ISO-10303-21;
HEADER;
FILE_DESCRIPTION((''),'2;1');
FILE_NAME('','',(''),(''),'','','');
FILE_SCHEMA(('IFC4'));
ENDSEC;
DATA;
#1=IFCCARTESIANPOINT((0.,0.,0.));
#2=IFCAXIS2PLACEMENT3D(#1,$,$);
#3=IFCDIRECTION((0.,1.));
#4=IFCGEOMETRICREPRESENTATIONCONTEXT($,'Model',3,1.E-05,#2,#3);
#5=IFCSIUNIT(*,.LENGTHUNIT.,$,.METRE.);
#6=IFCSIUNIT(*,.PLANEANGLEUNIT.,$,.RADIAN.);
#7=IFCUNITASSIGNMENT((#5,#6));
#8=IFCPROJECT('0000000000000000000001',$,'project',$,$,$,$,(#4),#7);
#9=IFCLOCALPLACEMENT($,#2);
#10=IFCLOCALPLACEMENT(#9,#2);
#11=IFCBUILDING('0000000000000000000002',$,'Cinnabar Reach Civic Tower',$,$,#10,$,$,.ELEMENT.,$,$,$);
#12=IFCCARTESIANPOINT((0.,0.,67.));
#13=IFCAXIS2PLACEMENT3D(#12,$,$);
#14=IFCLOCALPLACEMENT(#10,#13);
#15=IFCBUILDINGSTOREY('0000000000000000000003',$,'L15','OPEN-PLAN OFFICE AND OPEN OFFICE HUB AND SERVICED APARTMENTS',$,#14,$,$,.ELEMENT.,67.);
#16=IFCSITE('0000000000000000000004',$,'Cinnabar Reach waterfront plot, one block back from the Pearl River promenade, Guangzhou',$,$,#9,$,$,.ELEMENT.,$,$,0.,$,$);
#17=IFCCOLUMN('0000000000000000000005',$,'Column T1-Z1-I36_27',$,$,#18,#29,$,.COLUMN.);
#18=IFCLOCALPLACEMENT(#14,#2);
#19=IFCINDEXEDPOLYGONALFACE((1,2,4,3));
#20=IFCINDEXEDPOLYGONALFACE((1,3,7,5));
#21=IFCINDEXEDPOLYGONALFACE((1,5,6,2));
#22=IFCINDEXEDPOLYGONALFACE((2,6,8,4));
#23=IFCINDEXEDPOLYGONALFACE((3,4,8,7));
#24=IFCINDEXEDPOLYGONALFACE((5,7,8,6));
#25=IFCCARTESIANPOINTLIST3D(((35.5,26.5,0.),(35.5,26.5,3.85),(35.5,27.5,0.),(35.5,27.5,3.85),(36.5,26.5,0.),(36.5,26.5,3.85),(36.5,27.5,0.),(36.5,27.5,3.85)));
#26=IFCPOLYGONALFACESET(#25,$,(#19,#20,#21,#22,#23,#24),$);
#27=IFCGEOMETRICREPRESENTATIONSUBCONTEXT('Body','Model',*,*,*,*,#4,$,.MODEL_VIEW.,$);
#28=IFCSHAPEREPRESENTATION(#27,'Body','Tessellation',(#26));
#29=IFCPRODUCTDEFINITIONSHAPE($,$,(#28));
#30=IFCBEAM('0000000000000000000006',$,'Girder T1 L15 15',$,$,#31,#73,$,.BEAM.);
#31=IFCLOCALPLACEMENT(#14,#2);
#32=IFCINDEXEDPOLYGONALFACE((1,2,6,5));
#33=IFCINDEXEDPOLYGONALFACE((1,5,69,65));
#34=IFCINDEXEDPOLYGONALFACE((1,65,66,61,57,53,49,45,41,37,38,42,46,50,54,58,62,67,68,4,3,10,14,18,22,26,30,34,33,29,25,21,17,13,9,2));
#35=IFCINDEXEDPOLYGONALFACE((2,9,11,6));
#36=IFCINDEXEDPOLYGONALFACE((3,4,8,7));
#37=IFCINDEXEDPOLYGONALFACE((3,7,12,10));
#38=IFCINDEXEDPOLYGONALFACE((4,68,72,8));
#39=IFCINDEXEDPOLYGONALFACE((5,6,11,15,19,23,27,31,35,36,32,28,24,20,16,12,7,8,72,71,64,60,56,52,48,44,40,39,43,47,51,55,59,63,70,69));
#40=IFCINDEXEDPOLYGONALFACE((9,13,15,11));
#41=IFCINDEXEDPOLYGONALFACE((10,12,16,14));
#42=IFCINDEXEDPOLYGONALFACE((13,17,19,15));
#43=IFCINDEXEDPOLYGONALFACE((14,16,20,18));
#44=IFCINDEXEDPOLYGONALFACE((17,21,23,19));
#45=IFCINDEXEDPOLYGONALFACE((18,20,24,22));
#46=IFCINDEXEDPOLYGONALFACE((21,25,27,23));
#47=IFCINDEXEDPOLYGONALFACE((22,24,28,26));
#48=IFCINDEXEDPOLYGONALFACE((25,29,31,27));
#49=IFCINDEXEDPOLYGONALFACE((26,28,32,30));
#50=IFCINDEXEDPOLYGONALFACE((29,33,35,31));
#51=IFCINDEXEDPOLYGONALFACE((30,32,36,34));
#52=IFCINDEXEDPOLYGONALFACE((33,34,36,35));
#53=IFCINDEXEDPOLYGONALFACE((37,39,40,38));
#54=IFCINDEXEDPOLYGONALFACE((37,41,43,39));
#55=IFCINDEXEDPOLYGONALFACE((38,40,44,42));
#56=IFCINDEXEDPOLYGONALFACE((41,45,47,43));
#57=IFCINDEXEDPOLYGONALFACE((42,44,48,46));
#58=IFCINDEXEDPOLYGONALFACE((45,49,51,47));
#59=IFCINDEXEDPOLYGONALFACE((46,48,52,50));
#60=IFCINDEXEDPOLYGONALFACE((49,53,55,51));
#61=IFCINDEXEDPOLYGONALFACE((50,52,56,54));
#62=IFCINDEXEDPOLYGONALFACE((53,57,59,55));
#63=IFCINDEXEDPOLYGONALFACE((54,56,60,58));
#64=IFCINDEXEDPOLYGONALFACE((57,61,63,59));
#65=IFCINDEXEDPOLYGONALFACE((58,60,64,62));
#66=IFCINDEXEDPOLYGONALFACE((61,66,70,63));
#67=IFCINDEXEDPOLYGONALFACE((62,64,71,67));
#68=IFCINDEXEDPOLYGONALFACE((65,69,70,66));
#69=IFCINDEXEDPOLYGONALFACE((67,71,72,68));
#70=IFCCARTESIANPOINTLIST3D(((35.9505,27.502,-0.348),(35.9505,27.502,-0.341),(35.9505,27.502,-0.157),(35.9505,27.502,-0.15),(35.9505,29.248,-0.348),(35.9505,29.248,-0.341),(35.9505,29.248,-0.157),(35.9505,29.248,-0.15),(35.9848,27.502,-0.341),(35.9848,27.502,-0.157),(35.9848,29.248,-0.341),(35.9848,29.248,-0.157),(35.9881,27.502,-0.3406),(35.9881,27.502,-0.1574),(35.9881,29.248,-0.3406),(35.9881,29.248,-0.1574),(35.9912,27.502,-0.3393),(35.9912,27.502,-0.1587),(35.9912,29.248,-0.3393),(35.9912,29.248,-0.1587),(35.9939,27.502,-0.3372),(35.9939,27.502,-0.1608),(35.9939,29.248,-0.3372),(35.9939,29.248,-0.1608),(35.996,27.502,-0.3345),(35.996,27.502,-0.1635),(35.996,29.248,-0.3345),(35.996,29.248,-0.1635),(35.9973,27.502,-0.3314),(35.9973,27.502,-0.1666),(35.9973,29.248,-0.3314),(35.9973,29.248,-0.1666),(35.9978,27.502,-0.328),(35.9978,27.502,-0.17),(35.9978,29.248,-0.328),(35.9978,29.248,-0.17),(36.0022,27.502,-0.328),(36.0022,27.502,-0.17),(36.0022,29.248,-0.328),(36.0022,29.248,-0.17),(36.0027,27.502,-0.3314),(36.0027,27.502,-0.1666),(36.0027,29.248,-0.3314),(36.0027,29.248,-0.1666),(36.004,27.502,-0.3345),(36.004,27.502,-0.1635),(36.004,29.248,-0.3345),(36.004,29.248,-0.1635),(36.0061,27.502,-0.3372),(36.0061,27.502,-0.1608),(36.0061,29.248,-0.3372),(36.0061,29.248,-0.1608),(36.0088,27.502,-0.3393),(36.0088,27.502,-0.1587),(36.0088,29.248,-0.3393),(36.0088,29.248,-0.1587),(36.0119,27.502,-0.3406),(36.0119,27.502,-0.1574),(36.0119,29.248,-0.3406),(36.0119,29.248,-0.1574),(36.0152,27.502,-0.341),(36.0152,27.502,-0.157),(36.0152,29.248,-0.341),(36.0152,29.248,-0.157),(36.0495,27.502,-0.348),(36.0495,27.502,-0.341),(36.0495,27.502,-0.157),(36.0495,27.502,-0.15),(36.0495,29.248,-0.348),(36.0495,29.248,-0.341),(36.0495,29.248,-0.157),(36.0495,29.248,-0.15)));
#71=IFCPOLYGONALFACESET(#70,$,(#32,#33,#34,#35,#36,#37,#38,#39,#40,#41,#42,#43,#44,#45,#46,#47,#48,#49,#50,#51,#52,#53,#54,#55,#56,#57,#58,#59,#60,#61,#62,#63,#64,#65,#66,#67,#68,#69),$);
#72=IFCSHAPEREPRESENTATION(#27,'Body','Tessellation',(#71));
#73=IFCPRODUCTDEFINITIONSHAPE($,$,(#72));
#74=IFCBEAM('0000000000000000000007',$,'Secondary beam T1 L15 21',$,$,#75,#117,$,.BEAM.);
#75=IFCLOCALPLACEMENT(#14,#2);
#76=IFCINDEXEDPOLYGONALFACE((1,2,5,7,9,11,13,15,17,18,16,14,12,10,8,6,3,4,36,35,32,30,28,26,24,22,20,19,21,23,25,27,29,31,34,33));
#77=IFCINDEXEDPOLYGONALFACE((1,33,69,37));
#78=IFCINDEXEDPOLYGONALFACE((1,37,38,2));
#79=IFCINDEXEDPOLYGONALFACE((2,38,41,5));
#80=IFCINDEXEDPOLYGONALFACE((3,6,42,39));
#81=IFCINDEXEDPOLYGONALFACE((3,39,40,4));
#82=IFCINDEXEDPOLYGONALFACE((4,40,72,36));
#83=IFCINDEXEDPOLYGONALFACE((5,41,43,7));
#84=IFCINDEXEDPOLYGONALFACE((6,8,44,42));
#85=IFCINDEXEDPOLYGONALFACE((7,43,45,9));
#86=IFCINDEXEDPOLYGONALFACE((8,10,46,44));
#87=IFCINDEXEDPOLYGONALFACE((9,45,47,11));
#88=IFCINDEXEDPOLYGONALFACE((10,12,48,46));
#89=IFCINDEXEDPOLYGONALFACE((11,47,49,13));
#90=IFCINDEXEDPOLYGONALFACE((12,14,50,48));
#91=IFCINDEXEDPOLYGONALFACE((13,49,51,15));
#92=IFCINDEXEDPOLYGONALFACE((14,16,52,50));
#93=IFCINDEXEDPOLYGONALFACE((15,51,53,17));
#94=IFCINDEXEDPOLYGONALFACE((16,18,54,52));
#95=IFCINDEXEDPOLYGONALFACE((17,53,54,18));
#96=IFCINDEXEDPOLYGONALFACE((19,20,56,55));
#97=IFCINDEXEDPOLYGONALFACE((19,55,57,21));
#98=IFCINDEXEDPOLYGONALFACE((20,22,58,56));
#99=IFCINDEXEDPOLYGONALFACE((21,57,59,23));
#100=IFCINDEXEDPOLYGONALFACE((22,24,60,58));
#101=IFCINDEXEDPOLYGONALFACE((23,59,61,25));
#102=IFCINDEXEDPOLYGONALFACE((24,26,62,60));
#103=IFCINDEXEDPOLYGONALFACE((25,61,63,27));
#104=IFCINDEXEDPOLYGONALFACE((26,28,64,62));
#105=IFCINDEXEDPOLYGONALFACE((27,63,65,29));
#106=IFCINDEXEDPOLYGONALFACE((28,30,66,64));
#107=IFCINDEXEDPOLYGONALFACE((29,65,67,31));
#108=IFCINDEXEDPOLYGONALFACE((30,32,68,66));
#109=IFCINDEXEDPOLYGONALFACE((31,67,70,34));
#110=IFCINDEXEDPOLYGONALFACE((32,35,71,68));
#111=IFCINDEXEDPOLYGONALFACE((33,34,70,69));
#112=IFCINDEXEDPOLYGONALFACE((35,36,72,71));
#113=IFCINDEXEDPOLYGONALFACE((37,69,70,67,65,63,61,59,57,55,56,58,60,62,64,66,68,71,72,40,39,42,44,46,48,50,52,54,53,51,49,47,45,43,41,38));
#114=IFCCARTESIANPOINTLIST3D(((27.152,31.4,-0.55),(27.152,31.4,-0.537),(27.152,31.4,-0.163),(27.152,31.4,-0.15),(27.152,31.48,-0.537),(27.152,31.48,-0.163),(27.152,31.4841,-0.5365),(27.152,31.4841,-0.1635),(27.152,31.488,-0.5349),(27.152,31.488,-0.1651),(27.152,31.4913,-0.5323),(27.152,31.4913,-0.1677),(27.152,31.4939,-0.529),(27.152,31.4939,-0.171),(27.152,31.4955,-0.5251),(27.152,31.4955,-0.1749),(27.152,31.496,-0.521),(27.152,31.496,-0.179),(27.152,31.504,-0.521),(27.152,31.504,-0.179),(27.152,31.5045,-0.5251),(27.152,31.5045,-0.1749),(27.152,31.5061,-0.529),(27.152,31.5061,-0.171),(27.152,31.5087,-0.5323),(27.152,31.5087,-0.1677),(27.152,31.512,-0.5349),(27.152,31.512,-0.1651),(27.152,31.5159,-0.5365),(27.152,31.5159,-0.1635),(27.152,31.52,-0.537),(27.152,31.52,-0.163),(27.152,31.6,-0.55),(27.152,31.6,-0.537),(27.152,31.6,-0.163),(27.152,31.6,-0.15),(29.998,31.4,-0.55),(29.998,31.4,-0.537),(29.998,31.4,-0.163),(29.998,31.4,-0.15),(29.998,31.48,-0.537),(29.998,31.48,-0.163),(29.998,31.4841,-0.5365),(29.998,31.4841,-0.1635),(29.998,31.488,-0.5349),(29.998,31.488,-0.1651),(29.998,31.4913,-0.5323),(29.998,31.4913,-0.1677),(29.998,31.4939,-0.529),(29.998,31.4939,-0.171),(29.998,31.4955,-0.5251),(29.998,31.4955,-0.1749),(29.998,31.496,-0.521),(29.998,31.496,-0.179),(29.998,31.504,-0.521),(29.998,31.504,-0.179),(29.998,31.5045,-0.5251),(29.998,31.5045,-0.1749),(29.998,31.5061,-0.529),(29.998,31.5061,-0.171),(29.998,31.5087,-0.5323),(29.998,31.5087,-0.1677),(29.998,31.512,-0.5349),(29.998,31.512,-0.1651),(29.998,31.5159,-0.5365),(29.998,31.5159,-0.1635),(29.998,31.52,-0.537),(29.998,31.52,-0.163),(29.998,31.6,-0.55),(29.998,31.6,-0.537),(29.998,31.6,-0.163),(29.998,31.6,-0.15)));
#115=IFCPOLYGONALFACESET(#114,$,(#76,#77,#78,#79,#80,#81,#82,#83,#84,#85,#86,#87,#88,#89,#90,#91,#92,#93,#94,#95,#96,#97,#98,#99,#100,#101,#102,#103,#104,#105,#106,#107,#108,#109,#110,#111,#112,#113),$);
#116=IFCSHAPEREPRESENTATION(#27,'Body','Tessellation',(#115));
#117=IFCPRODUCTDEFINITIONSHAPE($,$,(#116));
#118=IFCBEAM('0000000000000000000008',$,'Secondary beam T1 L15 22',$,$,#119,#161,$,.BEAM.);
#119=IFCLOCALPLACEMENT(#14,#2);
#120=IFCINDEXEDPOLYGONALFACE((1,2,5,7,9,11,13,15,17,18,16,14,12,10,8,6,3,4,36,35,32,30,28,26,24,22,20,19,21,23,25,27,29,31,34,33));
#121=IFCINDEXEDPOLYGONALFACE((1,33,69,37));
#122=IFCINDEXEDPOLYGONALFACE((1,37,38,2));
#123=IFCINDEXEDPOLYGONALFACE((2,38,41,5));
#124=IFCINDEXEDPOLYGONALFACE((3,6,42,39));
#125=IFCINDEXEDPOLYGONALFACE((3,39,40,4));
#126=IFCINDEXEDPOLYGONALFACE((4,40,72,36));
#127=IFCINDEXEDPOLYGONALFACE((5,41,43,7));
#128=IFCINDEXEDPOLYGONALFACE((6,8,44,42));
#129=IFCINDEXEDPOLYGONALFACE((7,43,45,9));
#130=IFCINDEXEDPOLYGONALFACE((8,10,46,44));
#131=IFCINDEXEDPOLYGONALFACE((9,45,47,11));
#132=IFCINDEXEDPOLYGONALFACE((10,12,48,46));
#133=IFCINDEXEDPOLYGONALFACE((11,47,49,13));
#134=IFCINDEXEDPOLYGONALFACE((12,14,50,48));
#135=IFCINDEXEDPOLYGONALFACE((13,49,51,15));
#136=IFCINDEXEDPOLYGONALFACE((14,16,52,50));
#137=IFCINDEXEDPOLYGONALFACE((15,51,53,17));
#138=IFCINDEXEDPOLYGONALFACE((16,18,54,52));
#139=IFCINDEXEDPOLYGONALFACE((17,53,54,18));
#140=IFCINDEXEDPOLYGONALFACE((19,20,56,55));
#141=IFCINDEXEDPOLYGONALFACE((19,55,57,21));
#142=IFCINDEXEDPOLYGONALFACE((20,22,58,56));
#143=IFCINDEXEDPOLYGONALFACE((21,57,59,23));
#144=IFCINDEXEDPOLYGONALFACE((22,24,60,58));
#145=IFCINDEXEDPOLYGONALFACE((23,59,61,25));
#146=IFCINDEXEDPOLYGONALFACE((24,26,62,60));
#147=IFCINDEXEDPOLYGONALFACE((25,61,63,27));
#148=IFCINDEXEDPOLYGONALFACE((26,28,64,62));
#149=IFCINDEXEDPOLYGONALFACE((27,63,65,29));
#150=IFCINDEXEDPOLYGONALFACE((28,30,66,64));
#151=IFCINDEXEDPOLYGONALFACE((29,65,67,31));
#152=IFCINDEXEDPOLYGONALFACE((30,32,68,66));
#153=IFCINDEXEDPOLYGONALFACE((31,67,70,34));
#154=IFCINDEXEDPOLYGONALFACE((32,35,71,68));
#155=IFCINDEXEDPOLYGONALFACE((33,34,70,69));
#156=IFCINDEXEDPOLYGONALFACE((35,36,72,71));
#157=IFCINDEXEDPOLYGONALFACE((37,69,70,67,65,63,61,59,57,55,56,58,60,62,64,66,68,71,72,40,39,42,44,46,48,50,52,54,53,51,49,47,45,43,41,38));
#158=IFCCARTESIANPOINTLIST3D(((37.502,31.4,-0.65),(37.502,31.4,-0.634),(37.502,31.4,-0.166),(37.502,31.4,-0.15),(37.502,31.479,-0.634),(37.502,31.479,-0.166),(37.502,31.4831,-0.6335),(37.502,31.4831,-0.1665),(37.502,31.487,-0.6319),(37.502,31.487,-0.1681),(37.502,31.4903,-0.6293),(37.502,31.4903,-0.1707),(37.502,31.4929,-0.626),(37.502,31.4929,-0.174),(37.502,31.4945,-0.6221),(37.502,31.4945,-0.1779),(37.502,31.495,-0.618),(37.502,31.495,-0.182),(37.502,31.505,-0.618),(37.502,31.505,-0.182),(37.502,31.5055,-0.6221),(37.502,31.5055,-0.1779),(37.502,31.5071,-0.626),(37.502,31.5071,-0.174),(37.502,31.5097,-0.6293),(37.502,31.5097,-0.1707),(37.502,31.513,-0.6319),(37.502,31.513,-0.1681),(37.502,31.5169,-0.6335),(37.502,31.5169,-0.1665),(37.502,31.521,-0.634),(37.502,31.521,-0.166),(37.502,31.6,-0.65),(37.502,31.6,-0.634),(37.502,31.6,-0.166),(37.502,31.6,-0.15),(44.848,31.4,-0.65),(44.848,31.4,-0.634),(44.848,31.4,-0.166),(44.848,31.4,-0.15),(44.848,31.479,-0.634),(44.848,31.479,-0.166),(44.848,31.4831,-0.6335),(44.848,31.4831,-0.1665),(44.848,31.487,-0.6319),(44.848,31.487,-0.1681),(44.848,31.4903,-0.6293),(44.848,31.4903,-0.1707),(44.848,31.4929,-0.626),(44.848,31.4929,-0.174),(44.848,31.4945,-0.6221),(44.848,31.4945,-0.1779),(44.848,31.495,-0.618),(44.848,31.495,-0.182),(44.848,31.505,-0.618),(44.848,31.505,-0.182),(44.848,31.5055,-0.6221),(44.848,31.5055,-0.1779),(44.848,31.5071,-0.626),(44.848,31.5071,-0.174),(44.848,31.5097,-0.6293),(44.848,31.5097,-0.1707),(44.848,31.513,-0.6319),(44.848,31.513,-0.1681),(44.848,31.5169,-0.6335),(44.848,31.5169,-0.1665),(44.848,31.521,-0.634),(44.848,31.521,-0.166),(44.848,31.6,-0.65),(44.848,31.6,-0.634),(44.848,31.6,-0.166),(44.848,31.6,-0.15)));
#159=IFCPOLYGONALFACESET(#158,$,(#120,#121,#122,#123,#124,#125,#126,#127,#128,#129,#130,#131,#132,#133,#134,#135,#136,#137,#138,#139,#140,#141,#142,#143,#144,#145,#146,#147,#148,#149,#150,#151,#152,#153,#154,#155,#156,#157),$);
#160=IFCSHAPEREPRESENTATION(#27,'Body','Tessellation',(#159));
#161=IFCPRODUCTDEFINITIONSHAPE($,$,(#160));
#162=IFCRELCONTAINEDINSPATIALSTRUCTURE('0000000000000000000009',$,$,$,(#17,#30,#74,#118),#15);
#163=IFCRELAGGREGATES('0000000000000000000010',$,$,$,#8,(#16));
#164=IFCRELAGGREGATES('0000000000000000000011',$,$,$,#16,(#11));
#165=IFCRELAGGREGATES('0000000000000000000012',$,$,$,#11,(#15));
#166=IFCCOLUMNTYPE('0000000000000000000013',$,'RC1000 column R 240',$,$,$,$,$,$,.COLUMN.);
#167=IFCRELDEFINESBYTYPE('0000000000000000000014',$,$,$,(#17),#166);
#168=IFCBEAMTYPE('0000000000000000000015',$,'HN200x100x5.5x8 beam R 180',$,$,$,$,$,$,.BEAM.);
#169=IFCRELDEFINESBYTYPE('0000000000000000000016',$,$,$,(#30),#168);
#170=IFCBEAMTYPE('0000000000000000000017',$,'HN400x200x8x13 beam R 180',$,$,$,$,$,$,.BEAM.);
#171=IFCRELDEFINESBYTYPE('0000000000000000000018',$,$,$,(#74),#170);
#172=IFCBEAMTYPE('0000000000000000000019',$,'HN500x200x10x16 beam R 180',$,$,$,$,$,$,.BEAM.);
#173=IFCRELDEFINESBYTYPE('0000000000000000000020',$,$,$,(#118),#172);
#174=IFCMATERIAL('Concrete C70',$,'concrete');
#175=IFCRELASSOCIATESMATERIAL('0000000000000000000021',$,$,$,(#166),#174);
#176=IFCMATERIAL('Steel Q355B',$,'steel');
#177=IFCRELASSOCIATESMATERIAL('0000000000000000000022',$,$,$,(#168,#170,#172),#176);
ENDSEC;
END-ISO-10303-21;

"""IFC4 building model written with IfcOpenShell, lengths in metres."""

from ifc_helpers import new_model, si_unit, direction, frame, origin, origin_2d, place, context, subcontext, project, spatial, rectangle, i_section, extrude, material, material_profile, profile_set, type_object, element, save


model = new_model("IFC4")

# Units and contexts
model_context = context("Model", 3, precision=1e-05, world=origin(), true_north=direction((0.0, 1.0)))
body_context = subcontext(model_context, "Body", "Model", "MODEL_VIEW")
ifc_project = project(units=[si_unit("LENGTHUNIT", "METRE"), si_unit("PLANEANGLEUNIT", "RADIAN")], contexts=[model_context])

# Site, building, storey
site_placement = place(None, origin())
site = spatial("IfcSite", under=ifc_project, at=site_placement, Name="Cinnabar Reach waterfront plot, one block back from the Pearl River promenade, Guangzhou", CompositionType="ELEMENT", RefElevation=0.0)
building_placement = place(site_placement, origin())
building = spatial("IfcBuilding", under=site, at=building_placement, Name="Cinnabar Reach Civic Tower", CompositionType="ELEMENT")
storey_placement = place(building_placement, frame((0.0, 0.0, 67.0)))
storey = spatial("IfcBuildingStorey", under=building, at=storey_placement, Name="L15", Description="OPEN-PLAN OFFICE AND OPEN OFFICE HUB AND SERVICED APARTMENTS", CompositionType="ELEMENT", Elevation=67.0)

# Column
ifc_material_1 = material(Name="Concrete C70", Category="concrete")
ifc_material_profile_1 = material_profile(ifc_material_1, rectangle(XDim=1.0, YDim=1.0, at=origin_2d()), Name="RC1000")
ifc_profile_set_1 = profile_set([ifc_material_profile_1], Name="Concrete C70")
column_type = type_object("IfcColumnType", Name="RC1000 column R 240", PredefinedType="COLUMN", material=ifc_profile_set_1)
column_placement = place(storey_placement, frame((36.0, 27.0, 0.0), z_axis=(0.0, 0.0, 1.0), x_axis=(1.0, 0.0, 0.0)))
element("IfcColumn", 1, at=column_placement, inside=storey, type_object=column_type, Name="Column T1-Z1-I36_27", PredefinedType="COLUMN", context=body_context, shape_type="SweptSolid", body=[
    extrude(rectangle(XDim=1.0, YDim=1.0, at=origin_2d()), origin(), (0.0, 0.0, 1.0), 3.85),
])

# Beams
ifc_material_2 = material(Name="Steel Q355B", Category="steel")
ifc_material_profile_2 = material_profile(ifc_material_2, i_section(OverallWidth=0.099, OverallDepth=0.198, WebThickness=0.0045, FlangeThickness=0.007, FilletRadius=0.013, at=origin_2d()), Name="HN200x100x5.5x8")
ifc_profile_set_2 = profile_set([ifc_material_profile_2], Name="Steel Q355B")
beam_type_1 = type_object("IfcBeamType", Name="HN200x100x5.5x8 beam R 180", PredefinedType="BEAM", material=ifc_profile_set_2)
beam_1_placement = place(storey_placement, frame((36.0, 27.502, -0.249), z_axis=(0.0, 1.0, 0.0), x_axis=(-1.0, 0.0, 0.0)))
element("IfcBeam", 2, at=beam_1_placement, inside=storey, type_object=beam_type_1, Name="Girder T1 L15 15", PredefinedType="BEAM", context=body_context, shape_type="SweptSolid", body=[
    extrude(i_section(OverallWidth=0.099, OverallDepth=0.198, WebThickness=0.0045, FlangeThickness=0.007, FilletRadius=0.013, at=origin_2d()), origin(), (0.0, 0.0, 1.0), 1.746),
])
ifc_material_profile_3 = material_profile(ifc_material_2, i_section(OverallWidth=0.2, OverallDepth=0.4, WebThickness=0.008, FlangeThickness=0.013, FilletRadius=0.016, at=origin_2d()), Name="HN400x200x8x13")
ifc_profile_set_3 = profile_set([ifc_material_profile_3], Name="Steel Q355B")
beam_type_2 = type_object("IfcBeamType", Name="HN400x200x8x13 beam R 180", PredefinedType="BEAM", material=ifc_profile_set_3)
beam_2_placement = place(storey_placement, frame((27.152, 31.5, -0.35), z_axis=(1.0, 0.0, 0.0), x_axis=(0.0, 1.0, 0.0)))
element("IfcBeam", 3, at=beam_2_placement, inside=storey, type_object=beam_type_2, Name="Secondary beam T1 L15 21", PredefinedType="BEAM", context=body_context, shape_type="SweptSolid", body=[
    extrude(i_section(OverallWidth=0.2, OverallDepth=0.4, WebThickness=0.008, FlangeThickness=0.013, FilletRadius=0.016, at=origin_2d()), origin(), (0.0, 0.0, 1.0), 2.846),
])
ifc_material_profile_4 = material_profile(ifc_material_2, i_section(OverallWidth=0.2, OverallDepth=0.5, WebThickness=0.01, FlangeThickness=0.016, FilletRadius=0.016, at=origin_2d()), Name="HN500x200x10x16")
ifc_profile_set_4 = profile_set([ifc_material_profile_4], Name="Steel Q355B")
beam_type_3 = type_object("IfcBeamType", Name="HN500x200x10x16 beam R 180", PredefinedType="BEAM", material=ifc_profile_set_4)
beam_3_placement = place(storey_placement, frame((37.502, 31.5, -0.4), z_axis=(1.0, 0.0, 0.0), x_axis=(0.0, 1.0, 0.0)))
element("IfcBeam", 4, at=beam_3_placement, inside=storey, type_object=beam_type_3, Name="Secondary beam T1 L15 22", PredefinedType="BEAM", context=body_context, shape_type="SweptSolid", body=[
    extrude(i_section(OverallWidth=0.2, OverallDepth=0.5, WebThickness=0.01, FlangeThickness=0.016, FilletRadius=0.016, at=origin_2d()), origin(), (0.0, 0.0, 1.0), 7.346),
])

save(model, "model.ifc")
